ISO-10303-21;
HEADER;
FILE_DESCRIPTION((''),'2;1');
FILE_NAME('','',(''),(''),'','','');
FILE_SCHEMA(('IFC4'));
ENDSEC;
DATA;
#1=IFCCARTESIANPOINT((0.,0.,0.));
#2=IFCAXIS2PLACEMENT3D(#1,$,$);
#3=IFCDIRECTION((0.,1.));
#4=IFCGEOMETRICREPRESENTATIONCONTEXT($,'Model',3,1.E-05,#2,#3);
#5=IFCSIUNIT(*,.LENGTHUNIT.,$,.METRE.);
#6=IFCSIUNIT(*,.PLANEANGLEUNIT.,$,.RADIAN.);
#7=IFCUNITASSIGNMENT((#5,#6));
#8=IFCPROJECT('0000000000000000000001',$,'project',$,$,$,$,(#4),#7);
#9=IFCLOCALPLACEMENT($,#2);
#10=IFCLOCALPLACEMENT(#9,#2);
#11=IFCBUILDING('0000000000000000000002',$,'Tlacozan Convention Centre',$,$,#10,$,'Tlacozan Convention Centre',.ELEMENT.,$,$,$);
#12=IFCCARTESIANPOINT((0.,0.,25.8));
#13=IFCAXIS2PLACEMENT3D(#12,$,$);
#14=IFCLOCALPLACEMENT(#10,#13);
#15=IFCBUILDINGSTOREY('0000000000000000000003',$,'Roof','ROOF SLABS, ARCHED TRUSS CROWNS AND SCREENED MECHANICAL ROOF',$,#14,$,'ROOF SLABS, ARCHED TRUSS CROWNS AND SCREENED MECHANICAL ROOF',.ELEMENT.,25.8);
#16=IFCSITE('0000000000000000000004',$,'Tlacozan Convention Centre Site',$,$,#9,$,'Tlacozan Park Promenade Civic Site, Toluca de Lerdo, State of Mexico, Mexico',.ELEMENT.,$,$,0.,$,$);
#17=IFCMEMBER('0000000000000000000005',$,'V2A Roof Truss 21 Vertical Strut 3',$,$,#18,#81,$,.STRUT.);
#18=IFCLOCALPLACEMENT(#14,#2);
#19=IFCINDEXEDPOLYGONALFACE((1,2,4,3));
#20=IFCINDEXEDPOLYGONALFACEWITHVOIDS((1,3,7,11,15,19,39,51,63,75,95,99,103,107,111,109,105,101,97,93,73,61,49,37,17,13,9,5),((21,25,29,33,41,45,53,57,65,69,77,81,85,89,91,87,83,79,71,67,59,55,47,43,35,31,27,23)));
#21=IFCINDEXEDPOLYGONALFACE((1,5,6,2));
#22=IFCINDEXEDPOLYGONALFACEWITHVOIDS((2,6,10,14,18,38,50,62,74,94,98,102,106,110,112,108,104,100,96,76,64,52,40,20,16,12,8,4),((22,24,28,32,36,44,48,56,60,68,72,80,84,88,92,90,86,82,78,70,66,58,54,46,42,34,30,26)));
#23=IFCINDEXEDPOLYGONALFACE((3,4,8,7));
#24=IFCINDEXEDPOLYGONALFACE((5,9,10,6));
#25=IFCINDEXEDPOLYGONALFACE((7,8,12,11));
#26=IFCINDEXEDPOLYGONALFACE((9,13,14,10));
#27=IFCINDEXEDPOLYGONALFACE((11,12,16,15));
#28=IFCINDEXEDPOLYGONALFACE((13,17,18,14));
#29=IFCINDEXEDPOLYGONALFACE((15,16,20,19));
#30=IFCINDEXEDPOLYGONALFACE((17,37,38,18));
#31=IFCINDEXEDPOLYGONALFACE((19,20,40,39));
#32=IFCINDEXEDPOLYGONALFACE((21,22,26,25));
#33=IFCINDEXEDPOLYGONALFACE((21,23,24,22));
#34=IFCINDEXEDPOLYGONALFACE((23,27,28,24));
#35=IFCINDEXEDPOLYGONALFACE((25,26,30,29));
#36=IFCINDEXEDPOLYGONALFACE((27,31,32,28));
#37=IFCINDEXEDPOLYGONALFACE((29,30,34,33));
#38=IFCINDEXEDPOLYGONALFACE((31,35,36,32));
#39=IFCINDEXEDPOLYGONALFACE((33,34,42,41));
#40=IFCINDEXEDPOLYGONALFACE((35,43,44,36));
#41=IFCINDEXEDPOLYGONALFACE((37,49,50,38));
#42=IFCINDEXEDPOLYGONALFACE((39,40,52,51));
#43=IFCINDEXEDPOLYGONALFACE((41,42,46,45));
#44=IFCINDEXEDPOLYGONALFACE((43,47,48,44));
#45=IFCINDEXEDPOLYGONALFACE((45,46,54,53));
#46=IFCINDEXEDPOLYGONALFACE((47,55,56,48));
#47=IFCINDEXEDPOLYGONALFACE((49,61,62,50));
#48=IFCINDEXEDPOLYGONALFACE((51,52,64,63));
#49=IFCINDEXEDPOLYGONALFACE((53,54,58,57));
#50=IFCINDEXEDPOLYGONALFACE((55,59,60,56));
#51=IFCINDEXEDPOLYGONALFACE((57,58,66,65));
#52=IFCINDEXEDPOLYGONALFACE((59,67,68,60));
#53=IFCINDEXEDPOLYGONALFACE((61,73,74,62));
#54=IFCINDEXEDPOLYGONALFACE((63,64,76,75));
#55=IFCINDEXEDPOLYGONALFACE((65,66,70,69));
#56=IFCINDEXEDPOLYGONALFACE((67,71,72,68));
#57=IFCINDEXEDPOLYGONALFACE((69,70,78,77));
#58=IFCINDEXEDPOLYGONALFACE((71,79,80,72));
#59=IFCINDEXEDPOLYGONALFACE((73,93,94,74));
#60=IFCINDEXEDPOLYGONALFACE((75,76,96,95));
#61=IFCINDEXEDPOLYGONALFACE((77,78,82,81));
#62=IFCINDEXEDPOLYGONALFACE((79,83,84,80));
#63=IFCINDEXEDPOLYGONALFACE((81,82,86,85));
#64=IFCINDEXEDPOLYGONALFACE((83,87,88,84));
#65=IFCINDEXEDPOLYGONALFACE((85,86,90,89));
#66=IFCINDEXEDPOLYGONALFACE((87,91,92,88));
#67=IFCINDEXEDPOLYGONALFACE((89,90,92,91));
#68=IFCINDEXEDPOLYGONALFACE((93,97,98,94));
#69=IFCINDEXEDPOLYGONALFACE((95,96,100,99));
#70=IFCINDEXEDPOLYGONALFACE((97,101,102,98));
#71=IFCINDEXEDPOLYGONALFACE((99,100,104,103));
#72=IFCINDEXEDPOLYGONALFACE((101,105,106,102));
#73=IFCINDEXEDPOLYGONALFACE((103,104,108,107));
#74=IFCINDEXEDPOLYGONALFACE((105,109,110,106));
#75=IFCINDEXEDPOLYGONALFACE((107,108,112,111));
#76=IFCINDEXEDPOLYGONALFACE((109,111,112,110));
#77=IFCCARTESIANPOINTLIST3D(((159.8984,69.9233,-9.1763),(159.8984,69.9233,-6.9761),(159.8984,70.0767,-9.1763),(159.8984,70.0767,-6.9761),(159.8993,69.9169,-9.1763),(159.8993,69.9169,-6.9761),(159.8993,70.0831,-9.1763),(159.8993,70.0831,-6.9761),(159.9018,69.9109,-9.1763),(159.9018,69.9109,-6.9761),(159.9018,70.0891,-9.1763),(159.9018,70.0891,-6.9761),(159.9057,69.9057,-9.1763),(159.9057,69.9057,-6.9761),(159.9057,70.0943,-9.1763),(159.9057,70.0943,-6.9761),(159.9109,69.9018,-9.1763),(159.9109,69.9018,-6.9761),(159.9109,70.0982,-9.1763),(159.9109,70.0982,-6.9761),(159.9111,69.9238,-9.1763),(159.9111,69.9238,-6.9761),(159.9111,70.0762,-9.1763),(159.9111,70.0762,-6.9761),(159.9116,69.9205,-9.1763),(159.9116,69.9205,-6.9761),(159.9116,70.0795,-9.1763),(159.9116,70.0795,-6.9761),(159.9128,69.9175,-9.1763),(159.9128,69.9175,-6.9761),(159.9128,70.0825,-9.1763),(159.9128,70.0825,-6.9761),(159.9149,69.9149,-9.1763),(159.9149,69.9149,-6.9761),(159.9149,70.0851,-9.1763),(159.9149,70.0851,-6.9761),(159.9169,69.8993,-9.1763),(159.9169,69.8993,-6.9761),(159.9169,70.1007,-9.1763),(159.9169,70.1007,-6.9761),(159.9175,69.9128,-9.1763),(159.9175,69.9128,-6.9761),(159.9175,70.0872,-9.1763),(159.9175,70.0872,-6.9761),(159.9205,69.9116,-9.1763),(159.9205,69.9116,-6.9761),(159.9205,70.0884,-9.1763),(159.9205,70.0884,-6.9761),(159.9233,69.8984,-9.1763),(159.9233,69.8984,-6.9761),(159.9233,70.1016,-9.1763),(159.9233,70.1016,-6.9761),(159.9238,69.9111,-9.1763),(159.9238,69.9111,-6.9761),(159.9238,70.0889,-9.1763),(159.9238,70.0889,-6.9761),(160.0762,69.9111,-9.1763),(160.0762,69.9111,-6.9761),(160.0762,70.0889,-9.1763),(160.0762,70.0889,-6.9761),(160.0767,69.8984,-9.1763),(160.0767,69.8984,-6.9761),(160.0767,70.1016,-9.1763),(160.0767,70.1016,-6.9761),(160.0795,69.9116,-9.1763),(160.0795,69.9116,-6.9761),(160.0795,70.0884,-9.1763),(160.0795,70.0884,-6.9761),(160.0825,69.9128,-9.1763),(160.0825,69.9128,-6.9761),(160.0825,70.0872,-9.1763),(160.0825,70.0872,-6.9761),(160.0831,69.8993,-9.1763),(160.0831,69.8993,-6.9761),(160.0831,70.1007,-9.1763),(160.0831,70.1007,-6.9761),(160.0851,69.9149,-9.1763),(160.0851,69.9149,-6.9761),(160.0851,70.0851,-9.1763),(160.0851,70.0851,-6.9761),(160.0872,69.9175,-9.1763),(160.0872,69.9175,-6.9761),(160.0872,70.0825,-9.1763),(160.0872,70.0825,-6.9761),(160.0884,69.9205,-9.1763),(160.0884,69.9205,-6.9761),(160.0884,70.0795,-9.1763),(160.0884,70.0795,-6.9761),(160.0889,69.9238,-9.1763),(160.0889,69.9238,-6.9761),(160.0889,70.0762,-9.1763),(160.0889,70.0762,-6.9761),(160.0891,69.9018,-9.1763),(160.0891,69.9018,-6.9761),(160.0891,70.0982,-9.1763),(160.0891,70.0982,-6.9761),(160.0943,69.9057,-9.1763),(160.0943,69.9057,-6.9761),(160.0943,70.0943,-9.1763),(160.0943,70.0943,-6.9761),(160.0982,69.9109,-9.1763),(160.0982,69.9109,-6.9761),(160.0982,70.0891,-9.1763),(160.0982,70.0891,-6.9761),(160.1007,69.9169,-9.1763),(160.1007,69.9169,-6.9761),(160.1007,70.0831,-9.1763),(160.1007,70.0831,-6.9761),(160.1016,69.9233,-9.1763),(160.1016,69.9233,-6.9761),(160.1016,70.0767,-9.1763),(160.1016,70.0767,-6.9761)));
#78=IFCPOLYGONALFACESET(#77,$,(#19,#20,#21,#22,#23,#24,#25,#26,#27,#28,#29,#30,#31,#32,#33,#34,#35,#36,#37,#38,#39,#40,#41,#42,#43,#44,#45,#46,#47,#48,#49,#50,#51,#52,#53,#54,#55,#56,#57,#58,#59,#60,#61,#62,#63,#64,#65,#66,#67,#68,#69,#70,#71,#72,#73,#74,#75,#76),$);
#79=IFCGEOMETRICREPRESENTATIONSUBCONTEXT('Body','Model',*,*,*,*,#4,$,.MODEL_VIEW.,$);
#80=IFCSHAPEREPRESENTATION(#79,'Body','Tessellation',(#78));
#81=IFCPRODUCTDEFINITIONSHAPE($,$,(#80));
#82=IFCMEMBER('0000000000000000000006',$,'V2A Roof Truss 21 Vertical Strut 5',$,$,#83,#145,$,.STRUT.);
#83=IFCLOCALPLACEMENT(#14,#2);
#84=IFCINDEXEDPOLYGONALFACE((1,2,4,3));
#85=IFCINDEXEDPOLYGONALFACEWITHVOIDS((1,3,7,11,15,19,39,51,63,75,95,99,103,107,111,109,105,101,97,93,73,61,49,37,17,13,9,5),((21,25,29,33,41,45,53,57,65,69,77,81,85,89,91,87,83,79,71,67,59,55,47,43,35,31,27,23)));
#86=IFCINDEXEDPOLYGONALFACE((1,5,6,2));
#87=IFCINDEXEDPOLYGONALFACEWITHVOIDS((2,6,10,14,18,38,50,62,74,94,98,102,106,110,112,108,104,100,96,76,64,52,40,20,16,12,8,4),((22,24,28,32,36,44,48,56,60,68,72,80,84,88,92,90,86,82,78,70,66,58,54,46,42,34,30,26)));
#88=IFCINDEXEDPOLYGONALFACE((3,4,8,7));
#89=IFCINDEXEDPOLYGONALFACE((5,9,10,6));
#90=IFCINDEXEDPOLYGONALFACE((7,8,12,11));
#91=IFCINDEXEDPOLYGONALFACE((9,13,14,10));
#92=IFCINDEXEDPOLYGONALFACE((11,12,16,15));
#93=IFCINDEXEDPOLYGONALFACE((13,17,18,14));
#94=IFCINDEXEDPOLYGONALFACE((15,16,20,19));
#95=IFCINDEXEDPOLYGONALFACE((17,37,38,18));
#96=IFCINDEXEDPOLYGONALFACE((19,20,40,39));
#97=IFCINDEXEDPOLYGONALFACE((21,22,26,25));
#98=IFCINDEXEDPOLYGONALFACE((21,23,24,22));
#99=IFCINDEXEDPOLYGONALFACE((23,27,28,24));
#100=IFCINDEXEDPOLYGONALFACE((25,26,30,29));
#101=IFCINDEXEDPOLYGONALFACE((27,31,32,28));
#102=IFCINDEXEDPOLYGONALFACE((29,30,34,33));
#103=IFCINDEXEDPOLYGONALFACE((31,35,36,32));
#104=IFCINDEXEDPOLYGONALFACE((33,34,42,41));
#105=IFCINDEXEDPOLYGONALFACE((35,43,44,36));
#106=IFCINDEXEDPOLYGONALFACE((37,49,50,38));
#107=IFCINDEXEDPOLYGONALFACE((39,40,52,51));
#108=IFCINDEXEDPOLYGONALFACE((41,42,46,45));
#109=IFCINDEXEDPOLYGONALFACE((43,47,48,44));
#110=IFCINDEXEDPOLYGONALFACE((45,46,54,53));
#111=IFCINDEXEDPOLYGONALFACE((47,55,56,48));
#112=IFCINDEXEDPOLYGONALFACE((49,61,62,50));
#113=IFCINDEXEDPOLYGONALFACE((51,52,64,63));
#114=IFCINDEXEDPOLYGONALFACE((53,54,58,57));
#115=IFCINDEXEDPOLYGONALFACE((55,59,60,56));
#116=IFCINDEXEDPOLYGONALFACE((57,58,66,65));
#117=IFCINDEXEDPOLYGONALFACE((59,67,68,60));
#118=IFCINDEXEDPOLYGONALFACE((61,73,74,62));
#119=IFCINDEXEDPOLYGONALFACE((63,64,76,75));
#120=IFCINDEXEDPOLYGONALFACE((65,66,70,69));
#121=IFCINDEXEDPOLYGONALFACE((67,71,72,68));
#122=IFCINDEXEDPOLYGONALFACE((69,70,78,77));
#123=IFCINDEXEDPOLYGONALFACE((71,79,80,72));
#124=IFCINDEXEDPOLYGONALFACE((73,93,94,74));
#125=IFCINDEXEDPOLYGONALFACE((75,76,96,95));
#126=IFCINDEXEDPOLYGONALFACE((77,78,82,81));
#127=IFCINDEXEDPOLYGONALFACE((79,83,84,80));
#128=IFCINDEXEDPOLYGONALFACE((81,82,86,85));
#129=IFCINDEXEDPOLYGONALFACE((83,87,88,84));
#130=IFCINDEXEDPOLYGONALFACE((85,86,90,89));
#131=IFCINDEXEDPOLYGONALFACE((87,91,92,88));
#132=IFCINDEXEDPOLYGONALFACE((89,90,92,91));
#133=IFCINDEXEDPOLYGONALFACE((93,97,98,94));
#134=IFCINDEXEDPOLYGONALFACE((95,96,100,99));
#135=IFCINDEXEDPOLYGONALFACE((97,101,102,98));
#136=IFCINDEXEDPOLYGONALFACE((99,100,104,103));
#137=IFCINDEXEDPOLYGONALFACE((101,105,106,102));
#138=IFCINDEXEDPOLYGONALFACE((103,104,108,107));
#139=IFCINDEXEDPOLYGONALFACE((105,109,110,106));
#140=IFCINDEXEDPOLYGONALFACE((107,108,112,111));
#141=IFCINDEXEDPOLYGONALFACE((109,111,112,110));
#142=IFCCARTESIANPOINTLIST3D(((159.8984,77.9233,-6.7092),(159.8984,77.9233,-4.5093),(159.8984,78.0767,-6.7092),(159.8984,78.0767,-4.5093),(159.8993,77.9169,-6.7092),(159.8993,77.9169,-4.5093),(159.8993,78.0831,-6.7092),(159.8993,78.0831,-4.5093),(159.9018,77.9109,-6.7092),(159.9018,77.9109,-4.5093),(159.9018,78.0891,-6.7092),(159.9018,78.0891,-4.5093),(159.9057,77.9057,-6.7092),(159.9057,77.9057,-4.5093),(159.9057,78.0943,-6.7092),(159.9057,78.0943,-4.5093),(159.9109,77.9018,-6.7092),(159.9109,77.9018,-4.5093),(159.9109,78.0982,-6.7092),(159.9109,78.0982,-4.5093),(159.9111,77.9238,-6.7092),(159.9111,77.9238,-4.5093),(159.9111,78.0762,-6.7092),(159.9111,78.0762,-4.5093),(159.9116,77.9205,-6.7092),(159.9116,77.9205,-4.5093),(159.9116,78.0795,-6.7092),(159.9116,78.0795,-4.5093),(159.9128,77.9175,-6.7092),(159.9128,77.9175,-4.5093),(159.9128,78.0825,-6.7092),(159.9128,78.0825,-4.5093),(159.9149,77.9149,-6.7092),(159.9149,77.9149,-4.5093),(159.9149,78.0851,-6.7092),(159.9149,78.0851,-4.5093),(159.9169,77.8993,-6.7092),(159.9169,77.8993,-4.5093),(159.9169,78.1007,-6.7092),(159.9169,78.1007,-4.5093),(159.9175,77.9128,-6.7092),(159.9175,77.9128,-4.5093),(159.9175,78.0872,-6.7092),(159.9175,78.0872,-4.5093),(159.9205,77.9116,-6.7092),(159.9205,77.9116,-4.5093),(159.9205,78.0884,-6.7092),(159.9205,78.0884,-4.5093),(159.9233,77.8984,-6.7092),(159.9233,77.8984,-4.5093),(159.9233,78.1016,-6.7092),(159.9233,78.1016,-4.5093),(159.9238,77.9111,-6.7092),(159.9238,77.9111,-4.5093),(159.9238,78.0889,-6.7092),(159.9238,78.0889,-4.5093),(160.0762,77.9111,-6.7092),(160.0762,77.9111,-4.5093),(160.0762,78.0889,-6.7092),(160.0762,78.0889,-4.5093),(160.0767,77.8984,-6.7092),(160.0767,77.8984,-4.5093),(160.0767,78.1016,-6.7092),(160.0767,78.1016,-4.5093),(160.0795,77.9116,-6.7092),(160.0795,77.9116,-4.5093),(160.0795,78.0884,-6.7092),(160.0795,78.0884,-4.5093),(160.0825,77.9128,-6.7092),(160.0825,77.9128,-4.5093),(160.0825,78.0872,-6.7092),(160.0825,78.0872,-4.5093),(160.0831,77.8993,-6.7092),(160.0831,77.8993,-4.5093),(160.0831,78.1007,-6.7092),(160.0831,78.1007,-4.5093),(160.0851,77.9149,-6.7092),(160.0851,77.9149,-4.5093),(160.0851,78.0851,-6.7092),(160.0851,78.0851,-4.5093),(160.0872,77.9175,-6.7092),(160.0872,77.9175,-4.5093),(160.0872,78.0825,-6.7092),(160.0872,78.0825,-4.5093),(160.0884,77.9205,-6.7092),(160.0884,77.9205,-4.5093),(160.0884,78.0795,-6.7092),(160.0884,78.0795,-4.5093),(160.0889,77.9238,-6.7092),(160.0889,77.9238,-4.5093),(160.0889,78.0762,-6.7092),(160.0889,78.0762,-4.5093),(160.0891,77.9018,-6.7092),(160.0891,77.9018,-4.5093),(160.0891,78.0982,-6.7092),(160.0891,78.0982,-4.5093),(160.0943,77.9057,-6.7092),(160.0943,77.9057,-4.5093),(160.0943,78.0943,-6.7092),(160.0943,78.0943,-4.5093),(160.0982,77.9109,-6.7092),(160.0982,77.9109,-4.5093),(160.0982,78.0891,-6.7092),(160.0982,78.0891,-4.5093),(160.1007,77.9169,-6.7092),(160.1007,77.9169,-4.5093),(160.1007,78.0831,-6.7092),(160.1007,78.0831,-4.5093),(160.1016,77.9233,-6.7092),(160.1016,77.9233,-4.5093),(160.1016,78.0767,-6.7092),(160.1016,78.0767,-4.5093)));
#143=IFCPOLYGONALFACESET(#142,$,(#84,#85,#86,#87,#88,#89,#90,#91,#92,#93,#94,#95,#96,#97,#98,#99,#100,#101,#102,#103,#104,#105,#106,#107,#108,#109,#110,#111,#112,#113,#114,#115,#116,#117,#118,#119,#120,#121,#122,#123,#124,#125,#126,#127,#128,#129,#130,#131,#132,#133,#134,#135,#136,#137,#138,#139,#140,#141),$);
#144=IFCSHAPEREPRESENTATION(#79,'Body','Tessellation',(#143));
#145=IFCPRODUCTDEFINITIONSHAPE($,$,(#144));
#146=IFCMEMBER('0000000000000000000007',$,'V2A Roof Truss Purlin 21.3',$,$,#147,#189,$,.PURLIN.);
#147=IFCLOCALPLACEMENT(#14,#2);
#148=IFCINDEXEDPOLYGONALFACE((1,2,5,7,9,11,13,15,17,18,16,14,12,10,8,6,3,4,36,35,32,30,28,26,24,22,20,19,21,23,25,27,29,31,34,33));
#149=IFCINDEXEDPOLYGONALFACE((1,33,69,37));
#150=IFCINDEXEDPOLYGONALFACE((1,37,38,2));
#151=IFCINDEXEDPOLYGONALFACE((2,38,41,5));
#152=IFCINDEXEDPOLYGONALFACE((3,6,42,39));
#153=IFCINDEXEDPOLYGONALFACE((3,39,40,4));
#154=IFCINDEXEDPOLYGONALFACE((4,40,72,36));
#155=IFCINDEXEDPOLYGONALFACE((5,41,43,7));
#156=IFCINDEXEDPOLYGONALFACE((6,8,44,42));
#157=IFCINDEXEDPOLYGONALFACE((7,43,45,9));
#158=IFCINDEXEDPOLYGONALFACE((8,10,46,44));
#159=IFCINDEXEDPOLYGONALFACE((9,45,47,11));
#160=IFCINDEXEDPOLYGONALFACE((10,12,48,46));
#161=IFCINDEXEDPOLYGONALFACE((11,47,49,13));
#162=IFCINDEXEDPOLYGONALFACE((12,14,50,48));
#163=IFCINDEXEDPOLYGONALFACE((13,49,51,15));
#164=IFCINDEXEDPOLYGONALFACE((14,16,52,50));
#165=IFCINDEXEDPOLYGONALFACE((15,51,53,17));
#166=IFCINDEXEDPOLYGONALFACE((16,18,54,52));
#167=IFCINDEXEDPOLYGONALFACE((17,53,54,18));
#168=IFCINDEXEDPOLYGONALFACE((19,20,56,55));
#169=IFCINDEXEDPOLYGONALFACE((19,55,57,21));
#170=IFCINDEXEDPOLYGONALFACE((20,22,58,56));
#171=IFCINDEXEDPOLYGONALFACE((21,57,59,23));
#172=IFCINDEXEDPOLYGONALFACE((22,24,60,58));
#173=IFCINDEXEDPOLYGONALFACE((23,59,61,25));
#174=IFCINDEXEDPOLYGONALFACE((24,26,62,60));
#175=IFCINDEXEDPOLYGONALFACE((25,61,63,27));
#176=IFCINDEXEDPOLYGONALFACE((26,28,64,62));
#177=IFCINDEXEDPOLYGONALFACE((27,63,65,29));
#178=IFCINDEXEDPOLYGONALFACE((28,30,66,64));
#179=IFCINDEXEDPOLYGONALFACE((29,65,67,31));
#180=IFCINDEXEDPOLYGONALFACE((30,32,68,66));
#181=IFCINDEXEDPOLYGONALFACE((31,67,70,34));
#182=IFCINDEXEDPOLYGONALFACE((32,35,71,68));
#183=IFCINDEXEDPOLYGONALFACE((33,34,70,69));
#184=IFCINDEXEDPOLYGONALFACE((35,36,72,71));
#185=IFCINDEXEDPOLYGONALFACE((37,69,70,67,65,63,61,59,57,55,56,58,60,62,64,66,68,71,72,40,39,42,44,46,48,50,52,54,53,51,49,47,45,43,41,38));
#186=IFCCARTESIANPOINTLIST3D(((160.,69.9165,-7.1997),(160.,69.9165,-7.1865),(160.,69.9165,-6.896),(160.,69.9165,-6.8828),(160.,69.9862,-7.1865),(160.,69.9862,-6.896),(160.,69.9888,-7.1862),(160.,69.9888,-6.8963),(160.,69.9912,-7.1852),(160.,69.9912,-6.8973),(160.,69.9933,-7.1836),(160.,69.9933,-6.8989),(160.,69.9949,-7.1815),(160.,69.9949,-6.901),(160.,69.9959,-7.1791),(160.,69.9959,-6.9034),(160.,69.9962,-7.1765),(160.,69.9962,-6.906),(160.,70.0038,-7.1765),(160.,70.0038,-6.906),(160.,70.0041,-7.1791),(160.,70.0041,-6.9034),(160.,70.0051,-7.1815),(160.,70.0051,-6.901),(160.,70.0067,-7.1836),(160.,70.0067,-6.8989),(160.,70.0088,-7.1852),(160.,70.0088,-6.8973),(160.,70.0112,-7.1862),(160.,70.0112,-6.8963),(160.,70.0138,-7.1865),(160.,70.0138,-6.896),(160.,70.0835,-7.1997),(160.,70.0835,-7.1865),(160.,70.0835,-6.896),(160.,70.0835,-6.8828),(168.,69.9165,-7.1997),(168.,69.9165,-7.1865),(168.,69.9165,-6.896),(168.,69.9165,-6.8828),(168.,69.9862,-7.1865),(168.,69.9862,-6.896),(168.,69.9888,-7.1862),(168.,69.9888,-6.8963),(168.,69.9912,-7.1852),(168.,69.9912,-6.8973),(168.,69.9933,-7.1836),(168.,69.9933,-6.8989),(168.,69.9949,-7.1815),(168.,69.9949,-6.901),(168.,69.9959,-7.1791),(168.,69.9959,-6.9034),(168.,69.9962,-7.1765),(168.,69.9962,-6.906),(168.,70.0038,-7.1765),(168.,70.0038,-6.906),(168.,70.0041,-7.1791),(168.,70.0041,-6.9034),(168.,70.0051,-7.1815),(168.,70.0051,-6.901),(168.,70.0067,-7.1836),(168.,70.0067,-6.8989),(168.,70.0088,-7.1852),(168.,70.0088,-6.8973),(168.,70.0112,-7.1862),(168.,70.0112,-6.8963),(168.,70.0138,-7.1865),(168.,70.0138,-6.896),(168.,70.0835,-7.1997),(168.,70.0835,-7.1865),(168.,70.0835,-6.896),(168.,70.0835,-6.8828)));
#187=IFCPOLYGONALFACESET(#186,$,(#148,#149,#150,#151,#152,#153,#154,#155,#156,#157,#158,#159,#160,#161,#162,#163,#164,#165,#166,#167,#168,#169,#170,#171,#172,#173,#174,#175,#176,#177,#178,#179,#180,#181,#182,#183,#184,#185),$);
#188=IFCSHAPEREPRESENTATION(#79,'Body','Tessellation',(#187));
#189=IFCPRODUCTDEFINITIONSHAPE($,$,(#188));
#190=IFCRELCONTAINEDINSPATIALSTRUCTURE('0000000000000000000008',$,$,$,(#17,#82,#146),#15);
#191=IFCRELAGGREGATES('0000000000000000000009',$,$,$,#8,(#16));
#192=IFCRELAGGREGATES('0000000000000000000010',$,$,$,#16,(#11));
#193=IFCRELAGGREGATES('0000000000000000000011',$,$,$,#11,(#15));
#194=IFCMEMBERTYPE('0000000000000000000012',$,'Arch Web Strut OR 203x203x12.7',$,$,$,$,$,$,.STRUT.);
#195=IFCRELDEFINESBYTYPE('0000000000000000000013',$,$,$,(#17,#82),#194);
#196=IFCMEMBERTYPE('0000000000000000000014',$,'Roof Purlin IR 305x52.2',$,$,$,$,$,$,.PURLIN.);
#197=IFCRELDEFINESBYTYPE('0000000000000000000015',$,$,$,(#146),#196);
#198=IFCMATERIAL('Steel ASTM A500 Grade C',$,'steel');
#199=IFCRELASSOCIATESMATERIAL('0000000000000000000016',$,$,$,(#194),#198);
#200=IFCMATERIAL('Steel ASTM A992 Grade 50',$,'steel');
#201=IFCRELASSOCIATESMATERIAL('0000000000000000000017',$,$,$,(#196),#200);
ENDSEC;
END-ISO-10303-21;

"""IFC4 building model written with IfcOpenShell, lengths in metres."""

from ifc_helpers import new_model, si_unit, direction, frame, origin, origin_2d, place, context, subcontext, project, spatial, hollow_rectangle, i_section, extrude, material, material_profile, profile_set, type_object, element, save


model = new_model("IFC4")

# Units and contexts
model_context = context("Model", 3, precision=1e-05, world=origin(), true_north=direction((0.0, 1.0)))
body_context = subcontext(model_context, "Body", "Model", "MODEL_VIEW")
ifc_project = project(units=[si_unit("LENGTHUNIT", "METRE"), si_unit("PLANEANGLEUNIT", "RADIAN")], contexts=[model_context])

# Site, building, storey
site_placement = place(None, origin())
site = spatial("IfcSite", under=ifc_project, at=site_placement, Name="Tlacozan Convention Centre Site", LongName="Tlacozan Park Promenade Civic Site, Toluca de Lerdo, State of Mexico, Mexico", CompositionType="ELEMENT", RefElevation=0.0)
building_placement = place(site_placement, origin())
building = spatial("IfcBuilding", under=site, at=building_placement, Name="Tlacozan Convention Centre", LongName="Tlacozan Convention Centre", CompositionType="ELEMENT")
storey_placement = place(building_placement, frame((0.0, 0.0, 25.8)))
storey = spatial("IfcBuildingStorey", under=building, at=storey_placement, Name="Roof", Description="ROOF SLABS, ARCHED TRUSS CROWNS AND SCREENED MECHANICAL ROOF", LongName="ROOF SLABS, ARCHED TRUSS CROWNS AND SCREENED MECHANICAL ROOF", CompositionType="ELEMENT", Elevation=25.8)

# Members
ifc_material_1 = material(Name="Steel ASTM A500 Grade C", Category="steel")
ifc_material_profile_1 = material_profile(ifc_material_1, hollow_rectangle(XDim=0.2031, YDim=0.2031, WallThickness=0.0127, InnerFilletRadius=0.0127, OuterFilletRadius=0.0249, at=origin_2d()), Name="OR 203x203x12.7")
ifc_profile_set_1 = profile_set([ifc_material_profile_1], Name="Steel ASTM A500 Grade C")
member_type_1 = type_object("IfcMemberType", Name="Arch Web Strut OR 203x203x12.7", PredefinedType="STRUT", material=ifc_profile_set_1)
member_1_placement = place(storey_placement, frame((160.0, 70.0, -9.1763), z_axis=(0.0, 0.0, 1.0), x_axis=(1.0, 0.0, 0.0)))
element("IfcMember", 1, at=member_1_placement, inside=storey, type_object=member_type_1, Name="V2A Roof Truss 21 Vertical Strut 3", PredefinedType="STRUT", context=body_context, shape_type="SweptSolid", body=[
    extrude(hollow_rectangle(XDim=0.2031, YDim=0.2031, WallThickness=0.0127, InnerFilletRadius=0.0127, OuterFilletRadius=0.0249, at=origin_2d()), origin(), (0.0, 0.0, 1.0), 2.2002),
])
member_2_placement = place(storey_placement, frame((160.0, 78.0, -6.7092), z_axis=(0.0, 0.0, 1.0), x_axis=(1.0, 0.0, 0.0)))
element("IfcMember", 2, at=member_2_placement, inside=storey, type_object=member_type_1, Name="V2A Roof Truss 21 Vertical Strut 5", PredefinedType="STRUT", context=body_context, shape_type="SweptSolid", body=[
    extrude(hollow_rectangle(XDim=0.2031, YDim=0.2031, WallThickness=0.0127, InnerFilletRadius=0.0127, OuterFilletRadius=0.0249, at=origin_2d()), origin(), (0.0, 0.0, 1.0), 2.2),
])
ifc_material_2 = material(Name="Steel ASTM A992 Grade 50", Category="steel")
ifc_material_profile_2 = material_profile(ifc_material_2, i_section(OverallWidth=0.167, OverallDepth=0.3169, WebThickness=0.0076, FlangeThickness=0.0132, FilletRadius=0.01, at=origin_2d()), Name="IR 305x52.2")
ifc_profile_set_2 = profile_set([ifc_material_profile_2], Name="Steel ASTM A992 Grade 50")
member_type_2 = type_object("IfcMemberType", Name="Roof Purlin IR 305x52.2", PredefinedType="PURLIN", material=ifc_profile_set_2)
for number, where, z_axis, x_axis, name in (
    (3, (160.0, 70.0, -7.0413), (1.0, 0.0, 0.0), (0.0, 1.0, 0.0), "V2A Roof Truss Purlin 21.3"),
):
    element("IfcMember", number, at=place(storey_placement, frame(where, z_axis=z_axis, x_axis=x_axis)), inside=storey, type_object=member_type_2, Name=name, PredefinedType="PURLIN", context=body_context, shape_type="SweptSolid", body=[
        extrude(i_section(OverallWidth=0.167, OverallDepth=0.3169, WebThickness=0.0076, FlangeThickness=0.0132, FilletRadius=0.01, at=origin_2d()), origin(), (0.0, 0.0, 1.0), 8.0),
    ])

save(model, "model.ifc")
